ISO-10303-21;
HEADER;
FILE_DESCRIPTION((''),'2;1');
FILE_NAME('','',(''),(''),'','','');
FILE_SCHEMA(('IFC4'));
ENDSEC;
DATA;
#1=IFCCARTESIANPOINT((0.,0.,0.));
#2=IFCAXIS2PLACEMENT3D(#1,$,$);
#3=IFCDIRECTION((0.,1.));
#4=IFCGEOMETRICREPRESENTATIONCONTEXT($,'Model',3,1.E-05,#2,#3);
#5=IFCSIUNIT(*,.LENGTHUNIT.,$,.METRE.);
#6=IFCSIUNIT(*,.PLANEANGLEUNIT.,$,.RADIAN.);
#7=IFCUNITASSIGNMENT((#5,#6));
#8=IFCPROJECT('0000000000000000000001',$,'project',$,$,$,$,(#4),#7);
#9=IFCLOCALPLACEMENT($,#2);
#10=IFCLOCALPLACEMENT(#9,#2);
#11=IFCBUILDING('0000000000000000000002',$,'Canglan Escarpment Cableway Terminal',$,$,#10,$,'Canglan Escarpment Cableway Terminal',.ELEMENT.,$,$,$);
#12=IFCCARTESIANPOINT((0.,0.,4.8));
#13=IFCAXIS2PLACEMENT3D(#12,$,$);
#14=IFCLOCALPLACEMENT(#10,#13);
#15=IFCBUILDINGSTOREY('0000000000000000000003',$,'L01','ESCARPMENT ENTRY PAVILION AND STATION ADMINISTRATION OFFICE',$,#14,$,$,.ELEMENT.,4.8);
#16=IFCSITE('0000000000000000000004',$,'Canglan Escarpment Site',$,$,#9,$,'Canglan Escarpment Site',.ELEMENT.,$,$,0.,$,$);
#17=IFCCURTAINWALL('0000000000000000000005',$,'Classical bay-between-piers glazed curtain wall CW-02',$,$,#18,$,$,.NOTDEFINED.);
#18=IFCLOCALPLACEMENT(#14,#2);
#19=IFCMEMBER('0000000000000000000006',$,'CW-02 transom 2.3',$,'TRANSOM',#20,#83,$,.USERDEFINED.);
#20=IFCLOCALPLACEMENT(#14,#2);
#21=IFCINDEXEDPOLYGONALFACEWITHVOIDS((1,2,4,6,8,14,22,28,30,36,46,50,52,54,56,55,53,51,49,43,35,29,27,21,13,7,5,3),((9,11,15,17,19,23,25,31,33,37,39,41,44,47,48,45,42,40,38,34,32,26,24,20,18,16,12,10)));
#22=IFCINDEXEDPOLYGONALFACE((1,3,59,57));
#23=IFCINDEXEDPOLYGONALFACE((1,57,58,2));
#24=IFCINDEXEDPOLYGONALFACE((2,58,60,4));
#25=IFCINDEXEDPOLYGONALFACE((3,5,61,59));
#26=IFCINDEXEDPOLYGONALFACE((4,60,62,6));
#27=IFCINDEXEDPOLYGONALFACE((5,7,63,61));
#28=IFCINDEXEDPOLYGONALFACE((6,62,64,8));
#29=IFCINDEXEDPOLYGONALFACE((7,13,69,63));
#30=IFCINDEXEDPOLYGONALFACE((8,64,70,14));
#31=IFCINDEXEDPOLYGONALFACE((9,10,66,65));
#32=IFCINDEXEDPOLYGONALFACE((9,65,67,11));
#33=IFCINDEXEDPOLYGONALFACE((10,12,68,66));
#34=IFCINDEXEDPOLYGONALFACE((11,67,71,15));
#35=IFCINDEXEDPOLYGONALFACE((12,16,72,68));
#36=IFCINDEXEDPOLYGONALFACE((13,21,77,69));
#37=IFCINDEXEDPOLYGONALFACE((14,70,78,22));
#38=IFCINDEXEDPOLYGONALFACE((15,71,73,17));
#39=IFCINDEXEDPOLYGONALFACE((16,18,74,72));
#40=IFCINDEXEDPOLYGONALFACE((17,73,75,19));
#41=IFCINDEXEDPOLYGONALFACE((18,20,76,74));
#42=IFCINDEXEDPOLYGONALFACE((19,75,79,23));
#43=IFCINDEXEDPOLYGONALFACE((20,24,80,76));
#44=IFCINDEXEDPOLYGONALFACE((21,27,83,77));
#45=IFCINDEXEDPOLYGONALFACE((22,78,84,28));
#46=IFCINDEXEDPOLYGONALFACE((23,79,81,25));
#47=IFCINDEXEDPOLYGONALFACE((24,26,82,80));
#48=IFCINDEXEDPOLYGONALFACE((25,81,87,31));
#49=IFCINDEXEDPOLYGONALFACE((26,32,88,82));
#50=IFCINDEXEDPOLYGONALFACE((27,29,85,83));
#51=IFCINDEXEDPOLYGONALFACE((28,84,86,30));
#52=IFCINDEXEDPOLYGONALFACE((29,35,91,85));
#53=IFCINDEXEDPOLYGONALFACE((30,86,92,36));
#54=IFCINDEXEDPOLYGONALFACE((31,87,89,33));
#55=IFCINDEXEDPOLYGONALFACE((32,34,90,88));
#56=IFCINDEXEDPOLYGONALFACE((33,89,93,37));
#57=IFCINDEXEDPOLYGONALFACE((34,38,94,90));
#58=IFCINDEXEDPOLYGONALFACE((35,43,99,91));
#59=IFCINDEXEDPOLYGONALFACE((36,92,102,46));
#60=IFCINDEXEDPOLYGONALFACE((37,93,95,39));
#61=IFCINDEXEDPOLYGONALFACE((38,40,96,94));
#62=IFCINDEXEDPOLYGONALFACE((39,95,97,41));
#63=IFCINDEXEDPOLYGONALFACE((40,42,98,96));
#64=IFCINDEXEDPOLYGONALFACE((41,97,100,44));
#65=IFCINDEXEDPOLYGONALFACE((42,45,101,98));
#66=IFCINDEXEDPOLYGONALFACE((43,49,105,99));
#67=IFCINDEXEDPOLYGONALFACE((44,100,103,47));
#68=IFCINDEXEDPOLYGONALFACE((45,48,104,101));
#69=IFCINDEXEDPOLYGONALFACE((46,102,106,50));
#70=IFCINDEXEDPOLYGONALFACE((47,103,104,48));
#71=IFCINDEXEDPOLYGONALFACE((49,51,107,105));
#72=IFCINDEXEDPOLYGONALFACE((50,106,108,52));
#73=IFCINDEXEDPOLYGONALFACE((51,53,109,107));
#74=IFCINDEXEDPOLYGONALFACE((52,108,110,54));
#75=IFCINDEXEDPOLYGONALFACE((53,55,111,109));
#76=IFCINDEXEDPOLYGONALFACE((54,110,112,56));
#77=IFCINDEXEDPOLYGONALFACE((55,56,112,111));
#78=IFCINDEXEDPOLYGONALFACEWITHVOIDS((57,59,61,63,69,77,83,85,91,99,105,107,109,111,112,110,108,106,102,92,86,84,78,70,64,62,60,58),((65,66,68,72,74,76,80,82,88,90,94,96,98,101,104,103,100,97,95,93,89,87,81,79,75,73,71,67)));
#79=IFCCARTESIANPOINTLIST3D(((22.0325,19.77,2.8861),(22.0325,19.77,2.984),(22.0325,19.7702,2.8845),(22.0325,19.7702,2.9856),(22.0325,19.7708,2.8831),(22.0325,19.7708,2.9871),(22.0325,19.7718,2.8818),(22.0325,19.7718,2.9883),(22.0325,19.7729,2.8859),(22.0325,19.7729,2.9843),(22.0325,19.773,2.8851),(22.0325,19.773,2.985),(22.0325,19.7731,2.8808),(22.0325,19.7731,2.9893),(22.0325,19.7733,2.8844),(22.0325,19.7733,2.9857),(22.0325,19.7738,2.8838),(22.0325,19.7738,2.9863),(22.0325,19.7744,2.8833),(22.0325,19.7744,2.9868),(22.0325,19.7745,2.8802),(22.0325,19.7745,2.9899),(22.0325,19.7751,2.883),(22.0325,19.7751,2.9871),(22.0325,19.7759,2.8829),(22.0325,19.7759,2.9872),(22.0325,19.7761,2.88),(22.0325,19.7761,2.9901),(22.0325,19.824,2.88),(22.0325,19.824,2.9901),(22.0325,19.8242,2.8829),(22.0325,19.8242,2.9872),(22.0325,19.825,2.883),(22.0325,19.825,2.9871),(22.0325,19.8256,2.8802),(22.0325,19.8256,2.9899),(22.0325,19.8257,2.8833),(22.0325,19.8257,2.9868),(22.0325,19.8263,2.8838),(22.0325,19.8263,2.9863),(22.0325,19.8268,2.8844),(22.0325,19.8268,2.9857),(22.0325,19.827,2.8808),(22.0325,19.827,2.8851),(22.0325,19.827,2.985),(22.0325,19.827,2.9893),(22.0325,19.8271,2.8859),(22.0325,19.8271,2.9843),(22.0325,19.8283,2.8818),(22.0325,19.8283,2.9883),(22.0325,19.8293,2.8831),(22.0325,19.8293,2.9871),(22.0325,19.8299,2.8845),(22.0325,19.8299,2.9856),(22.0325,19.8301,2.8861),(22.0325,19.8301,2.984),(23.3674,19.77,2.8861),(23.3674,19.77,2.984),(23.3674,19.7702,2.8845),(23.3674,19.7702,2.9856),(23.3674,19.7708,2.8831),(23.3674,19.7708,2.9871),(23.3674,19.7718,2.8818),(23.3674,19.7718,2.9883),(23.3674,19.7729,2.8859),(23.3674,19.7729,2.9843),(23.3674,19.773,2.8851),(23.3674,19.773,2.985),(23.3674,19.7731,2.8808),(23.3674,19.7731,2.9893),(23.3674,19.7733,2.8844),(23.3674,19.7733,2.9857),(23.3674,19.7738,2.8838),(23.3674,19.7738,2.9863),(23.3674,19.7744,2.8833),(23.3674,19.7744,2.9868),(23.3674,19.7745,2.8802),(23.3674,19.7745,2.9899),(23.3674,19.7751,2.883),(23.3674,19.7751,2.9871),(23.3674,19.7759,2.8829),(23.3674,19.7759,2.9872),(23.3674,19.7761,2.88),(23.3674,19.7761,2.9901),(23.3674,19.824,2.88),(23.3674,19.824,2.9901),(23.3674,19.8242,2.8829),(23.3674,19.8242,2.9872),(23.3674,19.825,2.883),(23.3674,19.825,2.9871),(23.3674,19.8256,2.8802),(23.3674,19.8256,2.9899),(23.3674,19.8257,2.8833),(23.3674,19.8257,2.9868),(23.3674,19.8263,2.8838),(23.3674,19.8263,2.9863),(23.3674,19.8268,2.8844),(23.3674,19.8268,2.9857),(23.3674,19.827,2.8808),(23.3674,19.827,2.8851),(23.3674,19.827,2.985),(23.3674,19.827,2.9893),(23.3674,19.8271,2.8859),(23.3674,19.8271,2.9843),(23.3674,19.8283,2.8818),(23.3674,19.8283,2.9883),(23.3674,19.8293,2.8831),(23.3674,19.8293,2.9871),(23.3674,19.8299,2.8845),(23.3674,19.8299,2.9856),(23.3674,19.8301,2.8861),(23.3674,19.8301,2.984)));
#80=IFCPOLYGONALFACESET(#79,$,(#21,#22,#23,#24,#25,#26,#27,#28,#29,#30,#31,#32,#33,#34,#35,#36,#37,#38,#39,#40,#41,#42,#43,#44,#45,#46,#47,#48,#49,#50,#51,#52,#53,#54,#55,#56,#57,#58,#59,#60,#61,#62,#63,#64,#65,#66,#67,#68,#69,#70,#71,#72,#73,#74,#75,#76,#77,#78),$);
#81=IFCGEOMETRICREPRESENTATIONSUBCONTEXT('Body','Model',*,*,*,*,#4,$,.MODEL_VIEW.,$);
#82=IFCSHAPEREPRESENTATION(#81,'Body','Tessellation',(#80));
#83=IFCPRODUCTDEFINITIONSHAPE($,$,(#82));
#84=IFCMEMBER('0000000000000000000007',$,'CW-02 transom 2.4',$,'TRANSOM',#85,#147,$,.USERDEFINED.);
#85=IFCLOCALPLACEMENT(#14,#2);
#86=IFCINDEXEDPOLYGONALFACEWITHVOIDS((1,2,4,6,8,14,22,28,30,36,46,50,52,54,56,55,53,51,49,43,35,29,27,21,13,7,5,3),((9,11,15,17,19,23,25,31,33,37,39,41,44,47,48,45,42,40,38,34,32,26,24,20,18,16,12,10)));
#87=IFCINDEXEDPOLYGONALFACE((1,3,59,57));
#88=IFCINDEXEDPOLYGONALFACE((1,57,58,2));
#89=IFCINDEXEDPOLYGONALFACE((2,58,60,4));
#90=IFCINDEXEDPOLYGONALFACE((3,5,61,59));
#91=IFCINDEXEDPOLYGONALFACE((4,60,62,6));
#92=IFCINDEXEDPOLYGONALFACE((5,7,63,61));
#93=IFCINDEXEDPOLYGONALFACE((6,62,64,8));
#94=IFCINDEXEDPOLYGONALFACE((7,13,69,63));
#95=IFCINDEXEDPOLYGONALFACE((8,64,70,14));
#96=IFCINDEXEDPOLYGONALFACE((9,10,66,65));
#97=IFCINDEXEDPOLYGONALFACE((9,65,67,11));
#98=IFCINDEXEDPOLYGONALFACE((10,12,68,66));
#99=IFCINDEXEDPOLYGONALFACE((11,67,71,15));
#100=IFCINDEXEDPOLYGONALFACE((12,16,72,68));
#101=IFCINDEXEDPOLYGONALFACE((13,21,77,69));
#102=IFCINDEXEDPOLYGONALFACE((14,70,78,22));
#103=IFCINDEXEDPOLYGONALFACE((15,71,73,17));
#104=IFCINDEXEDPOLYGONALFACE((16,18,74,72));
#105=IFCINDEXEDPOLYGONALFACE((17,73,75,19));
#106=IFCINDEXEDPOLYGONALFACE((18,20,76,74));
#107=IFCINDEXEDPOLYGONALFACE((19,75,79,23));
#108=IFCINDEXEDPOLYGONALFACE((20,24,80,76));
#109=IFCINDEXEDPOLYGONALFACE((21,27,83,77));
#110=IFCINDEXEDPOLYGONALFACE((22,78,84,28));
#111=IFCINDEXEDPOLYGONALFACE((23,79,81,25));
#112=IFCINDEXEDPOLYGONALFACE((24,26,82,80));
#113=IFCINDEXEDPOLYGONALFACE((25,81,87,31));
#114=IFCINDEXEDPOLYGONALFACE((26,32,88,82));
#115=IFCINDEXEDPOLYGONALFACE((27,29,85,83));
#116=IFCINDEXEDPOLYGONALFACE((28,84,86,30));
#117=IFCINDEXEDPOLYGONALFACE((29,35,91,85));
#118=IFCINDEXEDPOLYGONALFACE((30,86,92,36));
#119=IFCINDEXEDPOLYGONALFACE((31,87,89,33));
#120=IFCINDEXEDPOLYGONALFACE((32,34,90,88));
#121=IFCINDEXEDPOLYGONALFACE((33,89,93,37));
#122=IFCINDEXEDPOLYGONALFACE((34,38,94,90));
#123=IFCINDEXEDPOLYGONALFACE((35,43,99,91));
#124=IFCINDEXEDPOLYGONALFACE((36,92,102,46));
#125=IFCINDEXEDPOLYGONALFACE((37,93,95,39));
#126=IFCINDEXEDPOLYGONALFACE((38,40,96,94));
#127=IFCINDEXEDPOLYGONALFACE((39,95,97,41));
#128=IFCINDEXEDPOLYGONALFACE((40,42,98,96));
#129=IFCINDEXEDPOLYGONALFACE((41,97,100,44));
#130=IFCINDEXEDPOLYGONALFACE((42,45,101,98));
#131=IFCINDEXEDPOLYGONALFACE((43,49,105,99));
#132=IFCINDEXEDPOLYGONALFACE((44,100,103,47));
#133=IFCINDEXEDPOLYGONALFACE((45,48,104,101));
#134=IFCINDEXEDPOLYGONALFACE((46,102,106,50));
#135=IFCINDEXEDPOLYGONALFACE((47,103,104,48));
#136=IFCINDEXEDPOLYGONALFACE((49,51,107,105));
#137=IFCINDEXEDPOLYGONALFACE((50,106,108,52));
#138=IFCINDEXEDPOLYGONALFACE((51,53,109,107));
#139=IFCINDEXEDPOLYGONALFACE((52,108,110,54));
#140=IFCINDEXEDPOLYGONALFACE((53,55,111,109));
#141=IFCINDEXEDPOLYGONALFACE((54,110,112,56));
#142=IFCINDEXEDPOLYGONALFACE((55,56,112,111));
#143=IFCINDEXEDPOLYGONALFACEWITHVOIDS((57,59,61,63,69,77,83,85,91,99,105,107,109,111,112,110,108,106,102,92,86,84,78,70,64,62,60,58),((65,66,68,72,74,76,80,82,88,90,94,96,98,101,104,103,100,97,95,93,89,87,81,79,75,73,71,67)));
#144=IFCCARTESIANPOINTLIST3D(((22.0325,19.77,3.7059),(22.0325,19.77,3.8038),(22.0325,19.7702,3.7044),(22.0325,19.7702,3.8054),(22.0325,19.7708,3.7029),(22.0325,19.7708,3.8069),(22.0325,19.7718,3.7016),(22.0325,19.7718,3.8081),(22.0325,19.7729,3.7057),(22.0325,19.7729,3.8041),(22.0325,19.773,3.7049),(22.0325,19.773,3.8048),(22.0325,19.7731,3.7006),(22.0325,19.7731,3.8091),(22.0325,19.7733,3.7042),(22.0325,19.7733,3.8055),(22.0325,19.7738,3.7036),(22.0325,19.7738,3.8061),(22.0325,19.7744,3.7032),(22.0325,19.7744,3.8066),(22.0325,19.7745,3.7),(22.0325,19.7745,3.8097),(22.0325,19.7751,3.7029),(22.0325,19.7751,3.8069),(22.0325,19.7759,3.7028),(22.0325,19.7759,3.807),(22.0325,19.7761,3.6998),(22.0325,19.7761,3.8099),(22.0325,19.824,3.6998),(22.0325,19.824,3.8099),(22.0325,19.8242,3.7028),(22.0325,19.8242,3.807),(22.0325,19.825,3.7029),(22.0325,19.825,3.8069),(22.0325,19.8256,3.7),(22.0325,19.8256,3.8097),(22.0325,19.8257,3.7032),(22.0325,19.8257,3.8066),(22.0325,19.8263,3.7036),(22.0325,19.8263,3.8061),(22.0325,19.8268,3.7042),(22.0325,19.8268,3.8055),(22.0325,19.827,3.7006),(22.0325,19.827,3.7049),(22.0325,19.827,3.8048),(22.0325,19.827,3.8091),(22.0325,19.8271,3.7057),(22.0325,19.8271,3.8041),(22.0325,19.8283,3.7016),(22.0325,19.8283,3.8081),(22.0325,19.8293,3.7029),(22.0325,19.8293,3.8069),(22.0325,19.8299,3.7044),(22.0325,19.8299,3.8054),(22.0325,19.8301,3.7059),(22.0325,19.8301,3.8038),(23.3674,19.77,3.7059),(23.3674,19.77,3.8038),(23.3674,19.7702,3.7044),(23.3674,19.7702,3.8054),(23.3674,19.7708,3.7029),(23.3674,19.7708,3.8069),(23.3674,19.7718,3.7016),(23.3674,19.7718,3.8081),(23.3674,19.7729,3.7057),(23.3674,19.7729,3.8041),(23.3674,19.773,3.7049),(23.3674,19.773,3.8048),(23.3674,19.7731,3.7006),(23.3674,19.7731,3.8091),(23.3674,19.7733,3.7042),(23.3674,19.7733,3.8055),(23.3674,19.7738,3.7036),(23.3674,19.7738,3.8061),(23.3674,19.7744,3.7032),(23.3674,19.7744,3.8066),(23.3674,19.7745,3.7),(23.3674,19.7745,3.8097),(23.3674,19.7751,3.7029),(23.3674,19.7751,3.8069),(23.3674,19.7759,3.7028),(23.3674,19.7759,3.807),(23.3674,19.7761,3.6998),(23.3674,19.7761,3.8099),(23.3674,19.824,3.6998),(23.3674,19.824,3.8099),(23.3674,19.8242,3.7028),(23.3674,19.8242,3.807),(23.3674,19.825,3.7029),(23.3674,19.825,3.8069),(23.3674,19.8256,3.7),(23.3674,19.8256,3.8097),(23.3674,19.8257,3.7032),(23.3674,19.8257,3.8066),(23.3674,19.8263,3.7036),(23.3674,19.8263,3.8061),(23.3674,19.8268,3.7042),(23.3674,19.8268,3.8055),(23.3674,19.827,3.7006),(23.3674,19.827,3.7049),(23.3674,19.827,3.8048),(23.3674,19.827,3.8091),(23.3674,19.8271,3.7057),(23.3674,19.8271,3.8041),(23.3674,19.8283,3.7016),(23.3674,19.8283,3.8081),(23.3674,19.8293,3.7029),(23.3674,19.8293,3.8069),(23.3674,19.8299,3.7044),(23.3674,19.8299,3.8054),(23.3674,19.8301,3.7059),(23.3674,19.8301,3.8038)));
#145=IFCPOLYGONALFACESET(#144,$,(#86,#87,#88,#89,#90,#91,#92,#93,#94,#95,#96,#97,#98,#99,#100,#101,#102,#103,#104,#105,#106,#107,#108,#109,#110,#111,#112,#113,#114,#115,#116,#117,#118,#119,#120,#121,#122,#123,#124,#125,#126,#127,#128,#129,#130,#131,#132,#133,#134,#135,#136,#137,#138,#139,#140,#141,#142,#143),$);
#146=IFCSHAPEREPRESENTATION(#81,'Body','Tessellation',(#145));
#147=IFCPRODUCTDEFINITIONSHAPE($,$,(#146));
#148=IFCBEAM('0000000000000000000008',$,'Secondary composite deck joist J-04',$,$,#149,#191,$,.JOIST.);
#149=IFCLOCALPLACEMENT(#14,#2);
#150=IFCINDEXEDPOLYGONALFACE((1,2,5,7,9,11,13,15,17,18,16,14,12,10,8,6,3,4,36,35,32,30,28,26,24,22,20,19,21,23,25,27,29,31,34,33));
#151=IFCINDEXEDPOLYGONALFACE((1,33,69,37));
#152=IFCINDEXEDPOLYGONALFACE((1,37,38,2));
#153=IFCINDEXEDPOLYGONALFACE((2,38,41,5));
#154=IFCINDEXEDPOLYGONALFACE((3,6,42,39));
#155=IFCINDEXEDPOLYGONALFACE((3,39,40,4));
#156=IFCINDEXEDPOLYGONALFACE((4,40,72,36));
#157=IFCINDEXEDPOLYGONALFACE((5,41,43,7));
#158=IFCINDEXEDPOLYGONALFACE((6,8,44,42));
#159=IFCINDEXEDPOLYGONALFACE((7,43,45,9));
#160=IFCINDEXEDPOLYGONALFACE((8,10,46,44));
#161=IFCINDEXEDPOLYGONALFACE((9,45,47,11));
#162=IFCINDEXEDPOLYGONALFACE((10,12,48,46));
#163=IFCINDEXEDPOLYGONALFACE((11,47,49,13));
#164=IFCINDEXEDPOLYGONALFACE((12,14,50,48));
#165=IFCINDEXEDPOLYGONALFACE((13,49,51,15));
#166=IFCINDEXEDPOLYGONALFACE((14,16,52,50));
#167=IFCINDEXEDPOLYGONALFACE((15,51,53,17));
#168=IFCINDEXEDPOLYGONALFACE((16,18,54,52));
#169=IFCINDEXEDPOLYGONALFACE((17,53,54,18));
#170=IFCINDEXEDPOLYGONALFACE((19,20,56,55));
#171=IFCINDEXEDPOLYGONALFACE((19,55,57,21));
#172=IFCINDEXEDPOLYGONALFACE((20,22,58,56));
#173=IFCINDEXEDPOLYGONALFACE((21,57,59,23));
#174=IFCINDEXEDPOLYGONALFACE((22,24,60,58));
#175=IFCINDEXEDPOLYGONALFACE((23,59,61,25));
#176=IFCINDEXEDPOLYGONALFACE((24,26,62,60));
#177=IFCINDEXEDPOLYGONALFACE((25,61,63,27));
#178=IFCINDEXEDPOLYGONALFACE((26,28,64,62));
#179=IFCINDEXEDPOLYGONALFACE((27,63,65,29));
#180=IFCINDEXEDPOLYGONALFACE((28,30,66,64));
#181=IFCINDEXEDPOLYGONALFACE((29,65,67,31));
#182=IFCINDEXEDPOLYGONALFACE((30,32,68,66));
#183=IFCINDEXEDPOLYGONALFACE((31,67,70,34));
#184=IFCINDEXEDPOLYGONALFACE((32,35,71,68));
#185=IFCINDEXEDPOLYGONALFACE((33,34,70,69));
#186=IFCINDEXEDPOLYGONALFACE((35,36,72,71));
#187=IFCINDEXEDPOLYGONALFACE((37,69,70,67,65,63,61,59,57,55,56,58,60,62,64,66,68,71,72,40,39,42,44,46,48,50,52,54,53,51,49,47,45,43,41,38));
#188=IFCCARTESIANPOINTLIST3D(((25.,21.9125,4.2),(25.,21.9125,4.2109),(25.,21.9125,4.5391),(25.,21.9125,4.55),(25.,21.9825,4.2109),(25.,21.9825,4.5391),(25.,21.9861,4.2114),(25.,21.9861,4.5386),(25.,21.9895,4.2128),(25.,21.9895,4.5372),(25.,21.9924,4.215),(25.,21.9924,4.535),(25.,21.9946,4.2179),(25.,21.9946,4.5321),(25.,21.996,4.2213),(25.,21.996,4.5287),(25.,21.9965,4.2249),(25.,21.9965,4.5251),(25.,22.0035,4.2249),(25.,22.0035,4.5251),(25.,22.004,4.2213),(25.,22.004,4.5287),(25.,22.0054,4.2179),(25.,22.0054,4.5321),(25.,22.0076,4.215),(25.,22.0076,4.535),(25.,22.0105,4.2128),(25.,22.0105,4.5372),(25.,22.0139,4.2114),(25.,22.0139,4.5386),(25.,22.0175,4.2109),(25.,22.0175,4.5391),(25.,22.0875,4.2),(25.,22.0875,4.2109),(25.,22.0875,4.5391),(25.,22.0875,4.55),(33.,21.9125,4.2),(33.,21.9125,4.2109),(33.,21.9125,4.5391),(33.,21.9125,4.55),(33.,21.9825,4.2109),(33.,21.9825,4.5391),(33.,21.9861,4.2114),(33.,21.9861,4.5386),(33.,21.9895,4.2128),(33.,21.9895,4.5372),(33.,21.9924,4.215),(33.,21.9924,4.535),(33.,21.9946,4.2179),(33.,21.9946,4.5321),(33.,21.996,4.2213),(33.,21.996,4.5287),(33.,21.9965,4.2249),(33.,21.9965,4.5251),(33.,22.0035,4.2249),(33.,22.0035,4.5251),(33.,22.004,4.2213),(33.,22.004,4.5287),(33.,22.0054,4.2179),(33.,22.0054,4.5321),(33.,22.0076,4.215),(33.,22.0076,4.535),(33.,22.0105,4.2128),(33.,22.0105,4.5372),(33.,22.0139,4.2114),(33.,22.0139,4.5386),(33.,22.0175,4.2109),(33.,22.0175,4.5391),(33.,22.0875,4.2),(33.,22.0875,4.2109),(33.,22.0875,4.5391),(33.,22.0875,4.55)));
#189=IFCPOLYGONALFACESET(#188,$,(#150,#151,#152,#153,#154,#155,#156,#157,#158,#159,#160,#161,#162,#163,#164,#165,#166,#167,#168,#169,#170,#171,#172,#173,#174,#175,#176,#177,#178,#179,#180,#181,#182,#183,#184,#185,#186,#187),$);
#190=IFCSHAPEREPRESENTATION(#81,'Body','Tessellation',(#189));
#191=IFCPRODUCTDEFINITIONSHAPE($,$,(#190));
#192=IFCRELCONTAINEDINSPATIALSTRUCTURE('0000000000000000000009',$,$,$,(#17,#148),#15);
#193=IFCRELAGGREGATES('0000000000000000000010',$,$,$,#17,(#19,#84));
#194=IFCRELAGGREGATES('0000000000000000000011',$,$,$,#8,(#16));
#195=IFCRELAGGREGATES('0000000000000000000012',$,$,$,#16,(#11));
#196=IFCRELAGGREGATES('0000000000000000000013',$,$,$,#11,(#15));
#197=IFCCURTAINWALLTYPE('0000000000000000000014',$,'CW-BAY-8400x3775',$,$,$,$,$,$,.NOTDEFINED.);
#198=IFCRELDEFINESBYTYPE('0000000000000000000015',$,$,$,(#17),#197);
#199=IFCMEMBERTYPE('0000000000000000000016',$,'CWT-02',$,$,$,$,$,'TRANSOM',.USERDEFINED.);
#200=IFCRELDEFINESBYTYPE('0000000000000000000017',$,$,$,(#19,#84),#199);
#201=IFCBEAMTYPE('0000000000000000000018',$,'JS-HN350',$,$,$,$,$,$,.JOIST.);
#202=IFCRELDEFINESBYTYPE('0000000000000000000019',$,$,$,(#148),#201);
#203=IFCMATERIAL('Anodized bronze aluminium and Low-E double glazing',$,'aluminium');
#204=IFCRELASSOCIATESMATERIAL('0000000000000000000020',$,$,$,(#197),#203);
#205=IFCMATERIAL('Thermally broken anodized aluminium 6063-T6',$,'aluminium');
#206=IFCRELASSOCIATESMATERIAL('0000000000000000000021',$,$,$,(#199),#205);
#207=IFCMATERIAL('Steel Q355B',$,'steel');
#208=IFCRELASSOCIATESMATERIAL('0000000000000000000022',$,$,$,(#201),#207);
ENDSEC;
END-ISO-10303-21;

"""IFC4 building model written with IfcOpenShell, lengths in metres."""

from ifc_helpers import new_model, si_unit, direction, frame, origin, origin_2d, place, context, subcontext, project, spatial, hollow_rectangle, i_section, extrude, material, material_profile, profile_set, type_object, element, aggregate, save


model = new_model("IFC4")

# Units and contexts
model_context = context("Model", 3, precision=1e-05, world=origin(), true_north=direction((0.0, 1.0)))
body_context = subcontext(model_context, "Body", "Model", "MODEL_VIEW")
ifc_project = project(units=[si_unit("LENGTHUNIT", "METRE"), si_unit("PLANEANGLEUNIT", "RADIAN")], contexts=[model_context])

# Site, building, storey
site_placement = place(None, origin())
site = spatial("IfcSite", under=ifc_project, at=site_placement, Name="Canglan Escarpment Site", LongName="Canglan Escarpment Site", CompositionType="ELEMENT", RefElevation=0.0)
building_placement = place(site_placement, origin())
building = spatial("IfcBuilding", under=site, at=building_placement, Name="Canglan Escarpment Cableway Terminal", LongName="Canglan Escarpment Cableway Terminal", CompositionType="ELEMENT")
storey_placement = place(building_placement, frame((0.0, 0.0, 4.8)))
storey = spatial("IfcBuildingStorey", under=building, at=storey_placement, Name="L01", Description="ESCARPMENT ENTRY PAVILION AND STATION ADMINISTRATION OFFICE", CompositionType="ELEMENT", Elevation=4.8)

# Curtain wall, members
ifc_material_1 = material(Name="Anodized bronze aluminium and Low-E double glazing", Category="aluminium")
curtain_wall_type = type_object("IfcCurtainWallType", Name="CW-BAY-8400x3775", PredefinedType="NOTDEFINED", material=ifc_material_1)
curtain_wall_placement = place(storey_placement, origin())
curtain_wall = element("IfcCurtainWall", 1, at=curtain_wall_placement, inside=storey, type_object=curtain_wall_type, Name="Classical bay-between-piers glazed curtain wall CW-02", PredefinedType="NOTDEFINED")
ifc_material_2 = material(Name="Thermally broken anodized aluminium 6063-T6", Category="aluminium")
ifc_material_profile_1 = material_profile(ifc_material_2, hollow_rectangle(XDim=0.0601, YDim=0.1101, WallThickness=0.0029, InnerFilletRadius=0.0029, OuterFilletRadius=0.0061, at=origin_2d()), Name="ALU-TRAN 60x110x3")
ifc_profile_set_1 = profile_set([ifc_material_profile_1], Name="Thermally broken anodized aluminium 6063-T6")
member_type_1 = type_object("IfcMemberType", Name="CWT-02", ElementType="TRANSOM", PredefinedType="USERDEFINED", material=ifc_profile_set_1)
member_1_placement = place(storey_placement, frame((23.3674, 19.8, 2.9351), z_axis=(-1.0, 0.0, 0.0), x_axis=(0.0, -1.0, 0.0)))
member_1 = element("IfcMember", 2, at=member_1_placement, type_object=member_type_1, Name="CW-02 transom 2.3", ObjectType="TRANSOM", PredefinedType="USERDEFINED", context=body_context, shape_type="SweptSolid", body=[
    extrude(hollow_rectangle(XDim=0.0601, YDim=0.1101, WallThickness=0.0029, InnerFilletRadius=0.0029, OuterFilletRadius=0.0061, at=origin_2d()), origin(), (0.0, 0.0, 1.0), 1.335),
])
member_2_placement = place(storey_placement, frame((23.3674, 19.8, 3.7549), z_axis=(-1.0, 0.0, 0.0), x_axis=(0.0, -1.0, 0.0)))
member_2 = element("IfcMember", 3, at=member_2_placement, type_object=member_type_1, Name="CW-02 transom 2.4", ObjectType="TRANSOM", PredefinedType="USERDEFINED", context=body_context, shape_type="SweptSolid", body=[
    extrude(hollow_rectangle(XDim=0.0601, YDim=0.1101, WallThickness=0.0029, InnerFilletRadius=0.0029, OuterFilletRadius=0.0061, at=origin_2d()), origin(), (0.0, 0.0, 1.0), 1.335),
])

# Beam
ifc_material_3 = material(Name="Steel Q355B", Category="steel")
ifc_material_profile_2 = material_profile(ifc_material_3, i_section(OverallWidth=0.175, OverallDepth=0.3501, WebThickness=0.0071, FlangeThickness=0.011, FilletRadius=0.0139, at=origin_2d()), Name="HN 350x175x7x11")
ifc_profile_set_2 = profile_set([ifc_material_profile_2], Name="Steel Q355B")
beam_type_1 = type_object("IfcBeamType", Name="JS-HN350", PredefinedType="JOIST", material=ifc_profile_set_2)
beam_1_placement = place(storey_placement, frame((25.0, 22.0, 4.375), z_axis=(1.0, 0.0, 0.0), x_axis=(0.0, 1.0, 0.0)))
element("IfcBeam", 4, at=beam_1_placement, inside=storey, type_object=beam_type_1, Name="Secondary composite deck joist J-04", PredefinedType="JOIST", context=body_context, shape_type="SweptSolid", body=[
    extrude(i_section(OverallWidth=0.175, OverallDepth=0.3501, WebThickness=0.0071, FlangeThickness=0.011, FilletRadius=0.0139, at=origin_2d()), origin(), (0.0, 0.0, 1.0), 8.0),
])

aggregate(curtain_wall, [member_1, member_2])

save(model, "model.ifc")
